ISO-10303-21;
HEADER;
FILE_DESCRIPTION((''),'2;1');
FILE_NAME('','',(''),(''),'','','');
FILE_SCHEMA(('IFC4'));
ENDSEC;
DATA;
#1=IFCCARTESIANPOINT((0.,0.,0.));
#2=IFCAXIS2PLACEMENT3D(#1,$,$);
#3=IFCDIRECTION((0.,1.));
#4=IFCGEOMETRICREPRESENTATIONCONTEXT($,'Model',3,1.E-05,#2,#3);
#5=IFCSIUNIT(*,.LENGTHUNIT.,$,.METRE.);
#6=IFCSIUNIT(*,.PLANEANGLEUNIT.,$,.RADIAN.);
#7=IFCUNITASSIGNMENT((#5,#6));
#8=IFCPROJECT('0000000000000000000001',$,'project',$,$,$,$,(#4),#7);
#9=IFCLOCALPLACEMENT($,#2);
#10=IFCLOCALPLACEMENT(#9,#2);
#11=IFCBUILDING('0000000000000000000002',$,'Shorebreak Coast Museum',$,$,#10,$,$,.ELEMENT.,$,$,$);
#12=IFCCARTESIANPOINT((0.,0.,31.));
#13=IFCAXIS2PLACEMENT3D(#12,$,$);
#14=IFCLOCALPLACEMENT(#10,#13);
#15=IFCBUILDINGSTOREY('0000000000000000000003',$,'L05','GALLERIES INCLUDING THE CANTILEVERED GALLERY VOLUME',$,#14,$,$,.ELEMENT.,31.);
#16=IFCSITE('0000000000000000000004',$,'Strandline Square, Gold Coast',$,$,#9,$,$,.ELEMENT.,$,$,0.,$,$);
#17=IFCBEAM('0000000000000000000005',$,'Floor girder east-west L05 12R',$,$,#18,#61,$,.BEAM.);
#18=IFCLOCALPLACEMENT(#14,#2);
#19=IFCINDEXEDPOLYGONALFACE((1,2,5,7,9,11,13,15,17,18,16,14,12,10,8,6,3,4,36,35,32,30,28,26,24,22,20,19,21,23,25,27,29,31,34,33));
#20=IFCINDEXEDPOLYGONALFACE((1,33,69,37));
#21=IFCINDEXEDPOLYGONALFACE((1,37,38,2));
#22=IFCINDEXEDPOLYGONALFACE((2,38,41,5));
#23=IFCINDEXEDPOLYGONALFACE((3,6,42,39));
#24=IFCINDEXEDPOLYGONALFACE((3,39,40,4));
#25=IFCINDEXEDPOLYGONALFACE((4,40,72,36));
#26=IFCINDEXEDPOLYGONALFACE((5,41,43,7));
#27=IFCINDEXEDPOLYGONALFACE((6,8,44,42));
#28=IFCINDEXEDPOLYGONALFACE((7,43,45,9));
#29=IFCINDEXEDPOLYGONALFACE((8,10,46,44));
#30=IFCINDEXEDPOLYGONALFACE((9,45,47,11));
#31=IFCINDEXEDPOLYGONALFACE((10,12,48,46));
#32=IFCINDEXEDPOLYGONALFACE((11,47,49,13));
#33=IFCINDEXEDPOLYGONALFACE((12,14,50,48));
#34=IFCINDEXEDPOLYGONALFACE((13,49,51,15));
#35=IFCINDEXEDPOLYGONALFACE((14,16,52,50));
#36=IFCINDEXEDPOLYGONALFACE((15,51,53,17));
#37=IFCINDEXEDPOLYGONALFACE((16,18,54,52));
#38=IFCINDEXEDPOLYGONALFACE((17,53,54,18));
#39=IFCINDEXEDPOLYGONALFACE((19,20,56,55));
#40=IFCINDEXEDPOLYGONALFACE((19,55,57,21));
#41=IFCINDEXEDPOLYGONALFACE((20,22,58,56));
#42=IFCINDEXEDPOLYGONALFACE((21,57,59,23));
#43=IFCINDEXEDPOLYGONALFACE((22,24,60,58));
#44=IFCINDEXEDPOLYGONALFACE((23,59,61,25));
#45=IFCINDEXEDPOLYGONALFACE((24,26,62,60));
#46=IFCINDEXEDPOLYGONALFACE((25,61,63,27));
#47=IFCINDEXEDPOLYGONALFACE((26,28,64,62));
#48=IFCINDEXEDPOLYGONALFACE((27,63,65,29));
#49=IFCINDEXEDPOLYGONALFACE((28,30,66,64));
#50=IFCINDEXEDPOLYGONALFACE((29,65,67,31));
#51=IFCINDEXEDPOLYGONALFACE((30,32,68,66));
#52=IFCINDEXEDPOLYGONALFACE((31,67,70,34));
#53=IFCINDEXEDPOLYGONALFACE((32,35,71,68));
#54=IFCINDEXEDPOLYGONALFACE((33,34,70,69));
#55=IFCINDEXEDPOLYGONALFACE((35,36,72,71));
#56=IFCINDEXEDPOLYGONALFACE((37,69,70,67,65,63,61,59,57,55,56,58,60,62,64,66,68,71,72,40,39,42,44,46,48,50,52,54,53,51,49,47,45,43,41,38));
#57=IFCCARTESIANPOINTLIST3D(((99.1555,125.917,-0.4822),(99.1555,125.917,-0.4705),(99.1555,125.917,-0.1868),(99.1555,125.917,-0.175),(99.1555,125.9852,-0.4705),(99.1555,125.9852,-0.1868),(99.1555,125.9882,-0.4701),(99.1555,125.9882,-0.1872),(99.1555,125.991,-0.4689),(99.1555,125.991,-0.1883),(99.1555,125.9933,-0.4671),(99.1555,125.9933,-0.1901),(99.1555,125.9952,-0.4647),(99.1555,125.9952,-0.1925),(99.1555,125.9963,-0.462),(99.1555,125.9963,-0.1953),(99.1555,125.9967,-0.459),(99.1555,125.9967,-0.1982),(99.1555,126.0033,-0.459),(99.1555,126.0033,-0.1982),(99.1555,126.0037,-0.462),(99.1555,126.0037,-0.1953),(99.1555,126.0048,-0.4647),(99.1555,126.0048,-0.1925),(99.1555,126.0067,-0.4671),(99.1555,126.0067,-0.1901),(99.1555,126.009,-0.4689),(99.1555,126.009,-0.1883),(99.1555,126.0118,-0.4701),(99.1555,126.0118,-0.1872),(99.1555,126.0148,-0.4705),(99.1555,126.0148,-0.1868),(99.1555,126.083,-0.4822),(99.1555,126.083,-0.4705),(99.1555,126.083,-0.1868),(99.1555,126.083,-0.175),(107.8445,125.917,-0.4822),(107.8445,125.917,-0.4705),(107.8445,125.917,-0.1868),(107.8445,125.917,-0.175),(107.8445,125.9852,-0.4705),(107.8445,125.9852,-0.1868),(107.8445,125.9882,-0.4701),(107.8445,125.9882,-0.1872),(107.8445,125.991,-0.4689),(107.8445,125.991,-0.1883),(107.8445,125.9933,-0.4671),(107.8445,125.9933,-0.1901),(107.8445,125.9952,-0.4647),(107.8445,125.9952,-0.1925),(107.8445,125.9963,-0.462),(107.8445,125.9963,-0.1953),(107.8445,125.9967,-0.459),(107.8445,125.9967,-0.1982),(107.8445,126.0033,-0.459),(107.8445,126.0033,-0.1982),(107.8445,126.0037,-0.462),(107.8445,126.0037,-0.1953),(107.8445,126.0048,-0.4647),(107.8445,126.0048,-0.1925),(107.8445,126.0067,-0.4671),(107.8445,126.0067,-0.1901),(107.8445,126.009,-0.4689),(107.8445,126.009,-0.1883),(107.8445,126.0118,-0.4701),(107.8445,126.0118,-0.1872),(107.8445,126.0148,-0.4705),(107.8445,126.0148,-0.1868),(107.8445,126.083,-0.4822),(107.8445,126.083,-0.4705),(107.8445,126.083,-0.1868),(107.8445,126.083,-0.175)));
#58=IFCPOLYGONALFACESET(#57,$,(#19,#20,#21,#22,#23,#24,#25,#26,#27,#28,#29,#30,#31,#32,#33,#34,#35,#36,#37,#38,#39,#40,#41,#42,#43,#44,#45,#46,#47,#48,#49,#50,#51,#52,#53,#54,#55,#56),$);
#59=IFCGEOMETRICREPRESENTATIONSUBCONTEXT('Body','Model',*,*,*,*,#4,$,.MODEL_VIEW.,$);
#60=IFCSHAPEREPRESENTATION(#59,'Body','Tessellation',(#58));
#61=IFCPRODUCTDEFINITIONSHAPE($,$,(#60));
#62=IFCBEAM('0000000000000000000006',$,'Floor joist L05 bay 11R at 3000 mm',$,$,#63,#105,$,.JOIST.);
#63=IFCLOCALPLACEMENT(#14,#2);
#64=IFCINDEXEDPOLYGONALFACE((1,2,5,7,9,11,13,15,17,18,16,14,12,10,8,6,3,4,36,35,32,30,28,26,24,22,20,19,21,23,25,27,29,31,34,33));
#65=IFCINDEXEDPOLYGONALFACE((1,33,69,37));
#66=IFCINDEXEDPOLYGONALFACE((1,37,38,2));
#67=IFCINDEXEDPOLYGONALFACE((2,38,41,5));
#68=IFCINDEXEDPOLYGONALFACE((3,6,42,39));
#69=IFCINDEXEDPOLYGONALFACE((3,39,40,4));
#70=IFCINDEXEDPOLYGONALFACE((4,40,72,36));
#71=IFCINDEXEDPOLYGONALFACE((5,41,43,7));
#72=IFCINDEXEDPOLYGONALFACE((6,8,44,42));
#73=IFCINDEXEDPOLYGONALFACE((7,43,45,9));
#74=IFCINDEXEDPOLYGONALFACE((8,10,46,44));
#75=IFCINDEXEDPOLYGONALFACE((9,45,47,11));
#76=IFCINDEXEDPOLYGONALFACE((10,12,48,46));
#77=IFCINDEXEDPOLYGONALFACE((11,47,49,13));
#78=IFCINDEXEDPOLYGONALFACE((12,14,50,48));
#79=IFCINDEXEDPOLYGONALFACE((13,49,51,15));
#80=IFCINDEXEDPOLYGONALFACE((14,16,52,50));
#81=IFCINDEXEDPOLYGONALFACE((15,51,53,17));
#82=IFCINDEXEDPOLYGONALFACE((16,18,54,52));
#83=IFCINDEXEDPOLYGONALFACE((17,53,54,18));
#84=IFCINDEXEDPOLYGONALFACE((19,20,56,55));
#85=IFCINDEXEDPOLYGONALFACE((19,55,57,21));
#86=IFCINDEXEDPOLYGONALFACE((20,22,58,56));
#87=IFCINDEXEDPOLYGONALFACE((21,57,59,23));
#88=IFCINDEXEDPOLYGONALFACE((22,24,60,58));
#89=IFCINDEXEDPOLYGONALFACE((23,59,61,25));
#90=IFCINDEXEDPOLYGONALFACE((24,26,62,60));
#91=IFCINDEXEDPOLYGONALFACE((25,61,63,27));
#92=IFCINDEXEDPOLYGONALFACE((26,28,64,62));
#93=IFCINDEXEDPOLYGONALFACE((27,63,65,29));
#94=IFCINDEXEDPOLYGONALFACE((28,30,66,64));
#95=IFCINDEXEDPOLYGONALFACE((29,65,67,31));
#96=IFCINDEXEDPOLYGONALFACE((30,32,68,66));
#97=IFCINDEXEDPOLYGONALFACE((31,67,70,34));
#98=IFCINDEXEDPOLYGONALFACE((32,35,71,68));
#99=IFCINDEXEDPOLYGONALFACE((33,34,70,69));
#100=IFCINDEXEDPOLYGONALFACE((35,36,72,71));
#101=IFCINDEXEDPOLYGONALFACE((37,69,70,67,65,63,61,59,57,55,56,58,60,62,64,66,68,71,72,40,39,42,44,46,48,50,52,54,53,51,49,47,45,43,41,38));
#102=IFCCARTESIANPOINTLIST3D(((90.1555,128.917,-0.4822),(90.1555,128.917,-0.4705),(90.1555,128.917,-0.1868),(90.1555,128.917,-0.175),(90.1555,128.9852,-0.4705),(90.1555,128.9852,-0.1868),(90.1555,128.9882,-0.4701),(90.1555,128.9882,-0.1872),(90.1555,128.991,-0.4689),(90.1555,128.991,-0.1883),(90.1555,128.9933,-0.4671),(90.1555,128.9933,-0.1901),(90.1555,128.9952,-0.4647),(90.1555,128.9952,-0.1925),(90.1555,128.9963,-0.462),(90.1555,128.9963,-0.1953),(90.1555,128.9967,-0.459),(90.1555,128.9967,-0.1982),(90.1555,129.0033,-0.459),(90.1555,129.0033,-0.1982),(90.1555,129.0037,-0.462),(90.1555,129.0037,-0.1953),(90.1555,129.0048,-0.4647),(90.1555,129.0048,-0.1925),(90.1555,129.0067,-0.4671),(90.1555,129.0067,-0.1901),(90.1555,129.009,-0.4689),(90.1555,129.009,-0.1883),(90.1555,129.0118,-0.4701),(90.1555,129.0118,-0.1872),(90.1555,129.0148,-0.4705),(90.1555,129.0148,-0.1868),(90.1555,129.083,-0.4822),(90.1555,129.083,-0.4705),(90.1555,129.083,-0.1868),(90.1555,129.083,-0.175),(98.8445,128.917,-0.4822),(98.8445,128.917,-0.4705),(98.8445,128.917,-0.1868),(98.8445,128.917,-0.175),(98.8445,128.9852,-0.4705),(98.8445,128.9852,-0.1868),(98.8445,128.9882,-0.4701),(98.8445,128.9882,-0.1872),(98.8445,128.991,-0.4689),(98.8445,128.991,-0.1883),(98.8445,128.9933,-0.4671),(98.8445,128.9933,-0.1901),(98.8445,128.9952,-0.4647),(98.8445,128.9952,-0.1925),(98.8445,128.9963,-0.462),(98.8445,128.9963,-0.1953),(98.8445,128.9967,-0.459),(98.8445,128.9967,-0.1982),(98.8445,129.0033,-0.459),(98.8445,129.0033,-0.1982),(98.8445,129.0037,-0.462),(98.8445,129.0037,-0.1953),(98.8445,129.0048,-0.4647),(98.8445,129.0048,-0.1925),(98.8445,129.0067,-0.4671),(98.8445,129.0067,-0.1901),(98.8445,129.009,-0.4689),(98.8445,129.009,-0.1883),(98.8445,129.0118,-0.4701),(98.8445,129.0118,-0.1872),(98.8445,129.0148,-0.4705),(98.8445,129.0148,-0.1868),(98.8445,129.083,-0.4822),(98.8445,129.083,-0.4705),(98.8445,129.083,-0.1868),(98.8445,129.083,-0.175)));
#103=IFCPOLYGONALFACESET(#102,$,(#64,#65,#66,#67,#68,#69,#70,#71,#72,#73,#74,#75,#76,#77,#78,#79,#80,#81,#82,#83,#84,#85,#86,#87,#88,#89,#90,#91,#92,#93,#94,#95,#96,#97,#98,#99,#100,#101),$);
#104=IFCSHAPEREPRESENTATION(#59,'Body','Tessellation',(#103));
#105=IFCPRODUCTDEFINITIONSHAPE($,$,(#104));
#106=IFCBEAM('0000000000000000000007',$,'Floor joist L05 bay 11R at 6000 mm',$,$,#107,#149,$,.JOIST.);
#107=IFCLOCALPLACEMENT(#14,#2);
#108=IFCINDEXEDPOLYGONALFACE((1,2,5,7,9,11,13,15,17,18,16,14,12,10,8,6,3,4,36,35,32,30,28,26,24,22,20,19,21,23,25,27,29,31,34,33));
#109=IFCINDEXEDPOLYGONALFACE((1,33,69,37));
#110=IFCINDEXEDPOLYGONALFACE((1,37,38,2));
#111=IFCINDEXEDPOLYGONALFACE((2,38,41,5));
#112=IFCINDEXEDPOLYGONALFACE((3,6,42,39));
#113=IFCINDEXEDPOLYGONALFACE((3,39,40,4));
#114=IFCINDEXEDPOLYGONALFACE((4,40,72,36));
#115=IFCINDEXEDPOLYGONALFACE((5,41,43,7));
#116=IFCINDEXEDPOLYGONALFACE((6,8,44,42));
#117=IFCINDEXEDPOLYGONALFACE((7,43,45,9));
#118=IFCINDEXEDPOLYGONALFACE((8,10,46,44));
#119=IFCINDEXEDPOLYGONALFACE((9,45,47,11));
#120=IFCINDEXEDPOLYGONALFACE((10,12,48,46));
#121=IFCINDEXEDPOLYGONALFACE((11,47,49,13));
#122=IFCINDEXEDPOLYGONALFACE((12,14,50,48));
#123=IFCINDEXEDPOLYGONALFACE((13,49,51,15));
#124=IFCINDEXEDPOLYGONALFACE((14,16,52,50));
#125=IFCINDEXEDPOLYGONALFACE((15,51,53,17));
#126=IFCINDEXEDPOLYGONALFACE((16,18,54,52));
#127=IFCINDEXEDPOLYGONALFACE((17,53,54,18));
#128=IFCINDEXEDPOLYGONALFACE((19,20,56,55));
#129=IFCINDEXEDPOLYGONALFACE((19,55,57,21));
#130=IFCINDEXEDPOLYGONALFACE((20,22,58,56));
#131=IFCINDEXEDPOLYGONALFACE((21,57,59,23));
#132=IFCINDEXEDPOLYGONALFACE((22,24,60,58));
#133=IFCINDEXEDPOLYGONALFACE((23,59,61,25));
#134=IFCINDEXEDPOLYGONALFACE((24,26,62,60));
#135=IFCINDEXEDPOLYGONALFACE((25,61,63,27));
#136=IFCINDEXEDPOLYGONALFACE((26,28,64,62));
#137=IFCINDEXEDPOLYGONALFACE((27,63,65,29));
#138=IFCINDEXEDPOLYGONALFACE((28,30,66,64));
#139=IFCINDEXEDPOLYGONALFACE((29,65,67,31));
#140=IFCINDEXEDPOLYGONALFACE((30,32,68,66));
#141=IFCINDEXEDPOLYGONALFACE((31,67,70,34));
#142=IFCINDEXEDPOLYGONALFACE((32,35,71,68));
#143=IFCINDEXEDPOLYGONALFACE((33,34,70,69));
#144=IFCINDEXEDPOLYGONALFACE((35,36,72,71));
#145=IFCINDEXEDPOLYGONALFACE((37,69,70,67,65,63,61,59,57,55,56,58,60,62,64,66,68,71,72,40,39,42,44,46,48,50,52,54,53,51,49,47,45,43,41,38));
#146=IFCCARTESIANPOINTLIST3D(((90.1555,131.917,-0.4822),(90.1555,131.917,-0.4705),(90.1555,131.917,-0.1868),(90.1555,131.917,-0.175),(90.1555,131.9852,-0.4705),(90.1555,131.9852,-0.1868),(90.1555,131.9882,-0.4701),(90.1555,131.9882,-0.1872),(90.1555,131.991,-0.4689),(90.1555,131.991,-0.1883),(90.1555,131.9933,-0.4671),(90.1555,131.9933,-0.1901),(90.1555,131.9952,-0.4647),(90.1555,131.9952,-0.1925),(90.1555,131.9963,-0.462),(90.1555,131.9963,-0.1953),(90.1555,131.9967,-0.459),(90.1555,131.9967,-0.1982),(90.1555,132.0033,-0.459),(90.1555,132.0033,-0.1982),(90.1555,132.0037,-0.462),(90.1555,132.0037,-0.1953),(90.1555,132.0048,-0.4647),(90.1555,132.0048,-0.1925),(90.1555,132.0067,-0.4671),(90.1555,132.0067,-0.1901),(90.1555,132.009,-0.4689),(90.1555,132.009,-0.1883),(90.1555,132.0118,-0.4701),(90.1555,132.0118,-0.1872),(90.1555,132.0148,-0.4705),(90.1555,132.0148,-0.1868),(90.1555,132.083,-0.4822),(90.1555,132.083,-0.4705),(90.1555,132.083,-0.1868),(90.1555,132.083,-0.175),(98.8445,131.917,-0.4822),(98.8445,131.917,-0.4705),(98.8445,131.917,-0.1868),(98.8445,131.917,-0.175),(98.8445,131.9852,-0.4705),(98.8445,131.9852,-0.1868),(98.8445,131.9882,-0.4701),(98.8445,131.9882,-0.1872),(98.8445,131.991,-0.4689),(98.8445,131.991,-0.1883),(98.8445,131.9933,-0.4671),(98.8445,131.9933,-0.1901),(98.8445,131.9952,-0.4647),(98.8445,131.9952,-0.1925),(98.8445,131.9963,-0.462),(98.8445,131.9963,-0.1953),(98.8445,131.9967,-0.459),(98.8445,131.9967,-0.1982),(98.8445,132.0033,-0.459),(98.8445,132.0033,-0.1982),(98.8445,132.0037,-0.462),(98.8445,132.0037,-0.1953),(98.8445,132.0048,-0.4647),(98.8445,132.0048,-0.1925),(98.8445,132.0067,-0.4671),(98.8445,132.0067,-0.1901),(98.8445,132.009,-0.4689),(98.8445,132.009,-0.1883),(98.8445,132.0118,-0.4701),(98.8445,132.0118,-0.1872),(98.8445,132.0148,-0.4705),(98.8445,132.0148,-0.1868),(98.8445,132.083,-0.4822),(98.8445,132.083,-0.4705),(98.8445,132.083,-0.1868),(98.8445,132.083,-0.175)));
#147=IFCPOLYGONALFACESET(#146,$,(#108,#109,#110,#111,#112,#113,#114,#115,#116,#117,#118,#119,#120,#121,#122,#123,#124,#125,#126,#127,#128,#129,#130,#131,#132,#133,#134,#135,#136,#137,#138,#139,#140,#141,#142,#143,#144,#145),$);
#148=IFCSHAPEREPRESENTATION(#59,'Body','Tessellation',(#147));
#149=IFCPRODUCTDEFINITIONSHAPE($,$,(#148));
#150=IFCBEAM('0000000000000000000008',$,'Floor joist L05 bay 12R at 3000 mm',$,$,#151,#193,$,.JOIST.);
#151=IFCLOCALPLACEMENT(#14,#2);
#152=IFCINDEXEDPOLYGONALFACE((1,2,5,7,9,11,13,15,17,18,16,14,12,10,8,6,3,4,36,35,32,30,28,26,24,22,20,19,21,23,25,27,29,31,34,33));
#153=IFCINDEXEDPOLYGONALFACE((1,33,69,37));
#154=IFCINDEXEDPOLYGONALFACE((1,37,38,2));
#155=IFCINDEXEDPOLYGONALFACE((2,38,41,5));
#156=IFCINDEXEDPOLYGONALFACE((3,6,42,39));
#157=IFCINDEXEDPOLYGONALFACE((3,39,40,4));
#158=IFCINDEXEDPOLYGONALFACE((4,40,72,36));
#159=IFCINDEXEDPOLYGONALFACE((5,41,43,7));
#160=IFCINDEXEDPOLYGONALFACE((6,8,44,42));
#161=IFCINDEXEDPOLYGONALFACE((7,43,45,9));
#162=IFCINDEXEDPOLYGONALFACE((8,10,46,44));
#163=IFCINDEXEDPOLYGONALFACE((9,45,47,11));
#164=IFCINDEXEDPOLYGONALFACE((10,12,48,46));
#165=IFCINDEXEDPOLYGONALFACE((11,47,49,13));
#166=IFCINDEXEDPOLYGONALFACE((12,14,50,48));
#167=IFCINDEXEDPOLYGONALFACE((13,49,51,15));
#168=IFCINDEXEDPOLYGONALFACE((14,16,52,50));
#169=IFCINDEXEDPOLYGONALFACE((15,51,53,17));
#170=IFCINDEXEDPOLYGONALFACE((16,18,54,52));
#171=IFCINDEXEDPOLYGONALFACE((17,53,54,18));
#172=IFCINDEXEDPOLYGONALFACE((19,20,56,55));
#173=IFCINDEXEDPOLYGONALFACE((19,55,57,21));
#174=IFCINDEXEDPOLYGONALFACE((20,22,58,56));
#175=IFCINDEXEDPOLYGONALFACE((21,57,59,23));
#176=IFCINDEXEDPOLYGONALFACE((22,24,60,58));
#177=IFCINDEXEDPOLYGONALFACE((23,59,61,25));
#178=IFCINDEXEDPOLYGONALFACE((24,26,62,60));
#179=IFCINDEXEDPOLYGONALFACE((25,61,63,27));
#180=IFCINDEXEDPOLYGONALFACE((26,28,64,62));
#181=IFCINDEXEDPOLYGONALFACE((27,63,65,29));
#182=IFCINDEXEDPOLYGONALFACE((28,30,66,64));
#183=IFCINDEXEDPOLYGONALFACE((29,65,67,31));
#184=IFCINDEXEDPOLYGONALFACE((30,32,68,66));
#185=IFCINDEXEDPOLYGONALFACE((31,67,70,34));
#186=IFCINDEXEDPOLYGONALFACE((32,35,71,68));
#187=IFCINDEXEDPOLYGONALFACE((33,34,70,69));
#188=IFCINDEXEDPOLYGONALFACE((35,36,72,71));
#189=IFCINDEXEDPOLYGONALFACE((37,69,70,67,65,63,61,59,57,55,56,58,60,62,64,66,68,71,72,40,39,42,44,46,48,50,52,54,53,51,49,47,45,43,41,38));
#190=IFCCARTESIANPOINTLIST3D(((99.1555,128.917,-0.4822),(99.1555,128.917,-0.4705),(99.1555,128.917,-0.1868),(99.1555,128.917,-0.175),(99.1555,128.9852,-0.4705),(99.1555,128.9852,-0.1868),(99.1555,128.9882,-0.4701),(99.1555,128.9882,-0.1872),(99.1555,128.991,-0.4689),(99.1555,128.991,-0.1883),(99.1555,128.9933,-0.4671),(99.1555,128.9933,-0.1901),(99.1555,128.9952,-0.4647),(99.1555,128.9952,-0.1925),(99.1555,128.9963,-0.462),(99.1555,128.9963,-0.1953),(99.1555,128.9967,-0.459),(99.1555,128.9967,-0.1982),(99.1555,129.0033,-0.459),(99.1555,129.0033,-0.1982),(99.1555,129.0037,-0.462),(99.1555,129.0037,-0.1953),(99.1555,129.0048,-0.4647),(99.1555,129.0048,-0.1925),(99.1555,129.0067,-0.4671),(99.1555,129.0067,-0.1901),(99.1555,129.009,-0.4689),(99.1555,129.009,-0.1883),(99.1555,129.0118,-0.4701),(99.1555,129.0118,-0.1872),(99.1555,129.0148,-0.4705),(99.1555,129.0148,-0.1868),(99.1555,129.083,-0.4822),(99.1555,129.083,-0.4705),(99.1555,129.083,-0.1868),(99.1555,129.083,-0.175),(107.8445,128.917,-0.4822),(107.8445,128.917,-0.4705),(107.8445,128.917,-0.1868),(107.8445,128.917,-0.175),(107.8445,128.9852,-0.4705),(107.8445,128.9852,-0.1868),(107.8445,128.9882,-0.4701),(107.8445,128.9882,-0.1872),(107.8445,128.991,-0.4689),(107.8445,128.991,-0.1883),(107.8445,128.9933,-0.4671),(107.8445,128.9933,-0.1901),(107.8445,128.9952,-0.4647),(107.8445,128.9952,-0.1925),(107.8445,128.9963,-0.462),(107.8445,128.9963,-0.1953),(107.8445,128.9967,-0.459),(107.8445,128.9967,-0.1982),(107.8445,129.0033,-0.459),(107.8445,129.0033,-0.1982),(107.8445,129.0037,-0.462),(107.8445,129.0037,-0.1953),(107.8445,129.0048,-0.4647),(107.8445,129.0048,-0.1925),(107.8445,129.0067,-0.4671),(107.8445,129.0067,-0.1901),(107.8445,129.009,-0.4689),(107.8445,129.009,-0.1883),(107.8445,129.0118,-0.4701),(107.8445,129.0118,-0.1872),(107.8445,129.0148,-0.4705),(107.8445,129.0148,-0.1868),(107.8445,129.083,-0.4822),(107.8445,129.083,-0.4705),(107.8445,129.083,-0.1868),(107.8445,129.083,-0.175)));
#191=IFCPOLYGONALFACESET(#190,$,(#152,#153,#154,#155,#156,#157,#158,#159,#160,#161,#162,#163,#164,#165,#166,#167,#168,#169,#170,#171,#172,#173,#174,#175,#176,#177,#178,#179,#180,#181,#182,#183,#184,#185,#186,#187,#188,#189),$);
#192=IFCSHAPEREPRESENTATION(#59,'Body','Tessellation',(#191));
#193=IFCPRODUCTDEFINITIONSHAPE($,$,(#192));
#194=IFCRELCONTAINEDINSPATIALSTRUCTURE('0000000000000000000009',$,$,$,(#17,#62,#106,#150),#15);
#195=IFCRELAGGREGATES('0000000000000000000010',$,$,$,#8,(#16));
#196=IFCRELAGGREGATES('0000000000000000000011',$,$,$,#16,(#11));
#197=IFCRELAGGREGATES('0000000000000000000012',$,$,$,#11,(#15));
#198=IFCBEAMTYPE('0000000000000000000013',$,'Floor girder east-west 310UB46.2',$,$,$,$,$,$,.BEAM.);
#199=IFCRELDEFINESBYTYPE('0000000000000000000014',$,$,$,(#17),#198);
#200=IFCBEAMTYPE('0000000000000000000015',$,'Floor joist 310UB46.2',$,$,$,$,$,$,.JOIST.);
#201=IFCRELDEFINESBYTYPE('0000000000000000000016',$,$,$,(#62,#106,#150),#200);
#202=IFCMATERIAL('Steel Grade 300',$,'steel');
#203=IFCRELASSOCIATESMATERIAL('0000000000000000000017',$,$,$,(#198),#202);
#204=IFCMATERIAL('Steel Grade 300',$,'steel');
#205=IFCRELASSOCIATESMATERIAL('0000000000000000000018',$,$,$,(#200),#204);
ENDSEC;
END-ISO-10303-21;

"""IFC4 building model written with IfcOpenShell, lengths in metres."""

from ifc_helpers import new_model, si_unit, direction, frame, origin, origin_2d, place, context, subcontext, project, spatial, i_section, extrude, material, material_profile, profile_set, type_object, element, save


model = new_model("IFC4")

# Units and contexts
model_context = context("Model", 3, precision=1e-05, world=origin(), true_north=direction((0.0, 1.0)))
body_context = subcontext(model_context, "Body", "Model", "MODEL_VIEW")
ifc_project = project(units=[si_unit("LENGTHUNIT", "METRE"), si_unit("PLANEANGLEUNIT", "RADIAN")], contexts=[model_context])

# Site, building, storey
site_placement = place(None, origin())
site = spatial("IfcSite", under=ifc_project, at=site_placement, Name="Strandline Square, Gold Coast", CompositionType="ELEMENT", RefElevation=0.0)
building_placement = place(site_placement, origin())
building = spatial("IfcBuilding", under=site, at=building_placement, Name="Shorebreak Coast Museum", CompositionType="ELEMENT")
storey_placement = place(building_placement, frame((0.0, 0.0, 31.0)))
storey = spatial("IfcBuildingStorey", under=building, at=storey_placement, Name="L05", Description="GALLERIES INCLUDING THE CANTILEVERED GALLERY VOLUME", CompositionType="ELEMENT", Elevation=31.0)

# Beams
ifc_material_1 = material(Name="Steel Grade 300", Category="steel")
ifc_material_profile_1 = material_profile(ifc_material_1, i_section(OverallWidth=0.166, OverallDepth=0.3071, WebThickness=0.0066, FlangeThickness=0.0117, FilletRadius=0.0115, at=origin_2d()), Name="310UB46.2")
ifc_profile_set_1 = profile_set([ifc_material_profile_1], Name="Steel Grade 300")
beam_type_1 = type_object("IfcBeamType", Name="Floor girder east-west 310UB46.2", PredefinedType="BEAM", material=ifc_profile_set_1)
beam_placement = place(storey_placement, frame((99.1555, 126.0, -0.3286), z_axis=(1.0, 0.0, 0.0), x_axis=(0.0, 1.0, 0.0)))
element("IfcBeam", 1, at=beam_placement, inside=storey, type_object=beam_type_1, Name="Floor girder east-west L05 12R", PredefinedType="BEAM", context=body_context, shape_type="SweptSolid", body=[
    extrude(i_section(OverallWidth=0.166, OverallDepth=0.3071, WebThickness=0.0066, FlangeThickness=0.0117, FilletRadius=0.0115, at=origin_2d()), origin(), (0.0, 0.0, 1.0), 8.689),
])
ifc_material_2 = material(Name="Steel Grade 300", Category="steel")
ifc_material_profile_2 = material_profile(ifc_material_2, i_section(OverallWidth=0.166, OverallDepth=0.3071, WebThickness=0.0066, FlangeThickness=0.0117, FilletRadius=0.0115, at=origin_2d()), Name="310UB46.2")
ifc_profile_set_2 = profile_set([ifc_material_profile_2], Name="Steel Grade 300")
beam_type_2 = type_object("IfcBeamType", Name="Floor joist 310UB46.2", PredefinedType="JOIST", material=ifc_profile_set_2)
for number, where, z_axis, x_axis, name in (
    (2, (90.1555, 129.0, -0.3286), (1.0, 0.0, 0.0), (0.0, 1.0, 0.0), "Floor joist L05 bay 11R at 3000 mm"),
    (3, (90.1555, 132.0, -0.3286), (1.0, 0.0, 0.0), (0.0, 1.0, 0.0), "Floor joist L05 bay 11R at 6000 mm"),
    (4, (99.1555, 129.0, -0.3286), (1.0, 0.0, 0.0), (0.0, 1.0, 0.0), "Floor joist L05 bay 12R at 3000 mm"),
):
    element("IfcBeam", number, at=place(storey_placement, frame(where, z_axis=z_axis, x_axis=x_axis)), inside=storey, type_object=beam_type_2, Name=name, PredefinedType="JOIST", context=body_context, shape_type="SweptSolid", body=[
        extrude(i_section(OverallWidth=0.166, OverallDepth=0.3071, WebThickness=0.0066, FlangeThickness=0.0117, FilletRadius=0.0115, at=origin_2d()), origin(), (0.0, 0.0, 1.0), 8.689),
    ])

save(model, "model.ifc")
